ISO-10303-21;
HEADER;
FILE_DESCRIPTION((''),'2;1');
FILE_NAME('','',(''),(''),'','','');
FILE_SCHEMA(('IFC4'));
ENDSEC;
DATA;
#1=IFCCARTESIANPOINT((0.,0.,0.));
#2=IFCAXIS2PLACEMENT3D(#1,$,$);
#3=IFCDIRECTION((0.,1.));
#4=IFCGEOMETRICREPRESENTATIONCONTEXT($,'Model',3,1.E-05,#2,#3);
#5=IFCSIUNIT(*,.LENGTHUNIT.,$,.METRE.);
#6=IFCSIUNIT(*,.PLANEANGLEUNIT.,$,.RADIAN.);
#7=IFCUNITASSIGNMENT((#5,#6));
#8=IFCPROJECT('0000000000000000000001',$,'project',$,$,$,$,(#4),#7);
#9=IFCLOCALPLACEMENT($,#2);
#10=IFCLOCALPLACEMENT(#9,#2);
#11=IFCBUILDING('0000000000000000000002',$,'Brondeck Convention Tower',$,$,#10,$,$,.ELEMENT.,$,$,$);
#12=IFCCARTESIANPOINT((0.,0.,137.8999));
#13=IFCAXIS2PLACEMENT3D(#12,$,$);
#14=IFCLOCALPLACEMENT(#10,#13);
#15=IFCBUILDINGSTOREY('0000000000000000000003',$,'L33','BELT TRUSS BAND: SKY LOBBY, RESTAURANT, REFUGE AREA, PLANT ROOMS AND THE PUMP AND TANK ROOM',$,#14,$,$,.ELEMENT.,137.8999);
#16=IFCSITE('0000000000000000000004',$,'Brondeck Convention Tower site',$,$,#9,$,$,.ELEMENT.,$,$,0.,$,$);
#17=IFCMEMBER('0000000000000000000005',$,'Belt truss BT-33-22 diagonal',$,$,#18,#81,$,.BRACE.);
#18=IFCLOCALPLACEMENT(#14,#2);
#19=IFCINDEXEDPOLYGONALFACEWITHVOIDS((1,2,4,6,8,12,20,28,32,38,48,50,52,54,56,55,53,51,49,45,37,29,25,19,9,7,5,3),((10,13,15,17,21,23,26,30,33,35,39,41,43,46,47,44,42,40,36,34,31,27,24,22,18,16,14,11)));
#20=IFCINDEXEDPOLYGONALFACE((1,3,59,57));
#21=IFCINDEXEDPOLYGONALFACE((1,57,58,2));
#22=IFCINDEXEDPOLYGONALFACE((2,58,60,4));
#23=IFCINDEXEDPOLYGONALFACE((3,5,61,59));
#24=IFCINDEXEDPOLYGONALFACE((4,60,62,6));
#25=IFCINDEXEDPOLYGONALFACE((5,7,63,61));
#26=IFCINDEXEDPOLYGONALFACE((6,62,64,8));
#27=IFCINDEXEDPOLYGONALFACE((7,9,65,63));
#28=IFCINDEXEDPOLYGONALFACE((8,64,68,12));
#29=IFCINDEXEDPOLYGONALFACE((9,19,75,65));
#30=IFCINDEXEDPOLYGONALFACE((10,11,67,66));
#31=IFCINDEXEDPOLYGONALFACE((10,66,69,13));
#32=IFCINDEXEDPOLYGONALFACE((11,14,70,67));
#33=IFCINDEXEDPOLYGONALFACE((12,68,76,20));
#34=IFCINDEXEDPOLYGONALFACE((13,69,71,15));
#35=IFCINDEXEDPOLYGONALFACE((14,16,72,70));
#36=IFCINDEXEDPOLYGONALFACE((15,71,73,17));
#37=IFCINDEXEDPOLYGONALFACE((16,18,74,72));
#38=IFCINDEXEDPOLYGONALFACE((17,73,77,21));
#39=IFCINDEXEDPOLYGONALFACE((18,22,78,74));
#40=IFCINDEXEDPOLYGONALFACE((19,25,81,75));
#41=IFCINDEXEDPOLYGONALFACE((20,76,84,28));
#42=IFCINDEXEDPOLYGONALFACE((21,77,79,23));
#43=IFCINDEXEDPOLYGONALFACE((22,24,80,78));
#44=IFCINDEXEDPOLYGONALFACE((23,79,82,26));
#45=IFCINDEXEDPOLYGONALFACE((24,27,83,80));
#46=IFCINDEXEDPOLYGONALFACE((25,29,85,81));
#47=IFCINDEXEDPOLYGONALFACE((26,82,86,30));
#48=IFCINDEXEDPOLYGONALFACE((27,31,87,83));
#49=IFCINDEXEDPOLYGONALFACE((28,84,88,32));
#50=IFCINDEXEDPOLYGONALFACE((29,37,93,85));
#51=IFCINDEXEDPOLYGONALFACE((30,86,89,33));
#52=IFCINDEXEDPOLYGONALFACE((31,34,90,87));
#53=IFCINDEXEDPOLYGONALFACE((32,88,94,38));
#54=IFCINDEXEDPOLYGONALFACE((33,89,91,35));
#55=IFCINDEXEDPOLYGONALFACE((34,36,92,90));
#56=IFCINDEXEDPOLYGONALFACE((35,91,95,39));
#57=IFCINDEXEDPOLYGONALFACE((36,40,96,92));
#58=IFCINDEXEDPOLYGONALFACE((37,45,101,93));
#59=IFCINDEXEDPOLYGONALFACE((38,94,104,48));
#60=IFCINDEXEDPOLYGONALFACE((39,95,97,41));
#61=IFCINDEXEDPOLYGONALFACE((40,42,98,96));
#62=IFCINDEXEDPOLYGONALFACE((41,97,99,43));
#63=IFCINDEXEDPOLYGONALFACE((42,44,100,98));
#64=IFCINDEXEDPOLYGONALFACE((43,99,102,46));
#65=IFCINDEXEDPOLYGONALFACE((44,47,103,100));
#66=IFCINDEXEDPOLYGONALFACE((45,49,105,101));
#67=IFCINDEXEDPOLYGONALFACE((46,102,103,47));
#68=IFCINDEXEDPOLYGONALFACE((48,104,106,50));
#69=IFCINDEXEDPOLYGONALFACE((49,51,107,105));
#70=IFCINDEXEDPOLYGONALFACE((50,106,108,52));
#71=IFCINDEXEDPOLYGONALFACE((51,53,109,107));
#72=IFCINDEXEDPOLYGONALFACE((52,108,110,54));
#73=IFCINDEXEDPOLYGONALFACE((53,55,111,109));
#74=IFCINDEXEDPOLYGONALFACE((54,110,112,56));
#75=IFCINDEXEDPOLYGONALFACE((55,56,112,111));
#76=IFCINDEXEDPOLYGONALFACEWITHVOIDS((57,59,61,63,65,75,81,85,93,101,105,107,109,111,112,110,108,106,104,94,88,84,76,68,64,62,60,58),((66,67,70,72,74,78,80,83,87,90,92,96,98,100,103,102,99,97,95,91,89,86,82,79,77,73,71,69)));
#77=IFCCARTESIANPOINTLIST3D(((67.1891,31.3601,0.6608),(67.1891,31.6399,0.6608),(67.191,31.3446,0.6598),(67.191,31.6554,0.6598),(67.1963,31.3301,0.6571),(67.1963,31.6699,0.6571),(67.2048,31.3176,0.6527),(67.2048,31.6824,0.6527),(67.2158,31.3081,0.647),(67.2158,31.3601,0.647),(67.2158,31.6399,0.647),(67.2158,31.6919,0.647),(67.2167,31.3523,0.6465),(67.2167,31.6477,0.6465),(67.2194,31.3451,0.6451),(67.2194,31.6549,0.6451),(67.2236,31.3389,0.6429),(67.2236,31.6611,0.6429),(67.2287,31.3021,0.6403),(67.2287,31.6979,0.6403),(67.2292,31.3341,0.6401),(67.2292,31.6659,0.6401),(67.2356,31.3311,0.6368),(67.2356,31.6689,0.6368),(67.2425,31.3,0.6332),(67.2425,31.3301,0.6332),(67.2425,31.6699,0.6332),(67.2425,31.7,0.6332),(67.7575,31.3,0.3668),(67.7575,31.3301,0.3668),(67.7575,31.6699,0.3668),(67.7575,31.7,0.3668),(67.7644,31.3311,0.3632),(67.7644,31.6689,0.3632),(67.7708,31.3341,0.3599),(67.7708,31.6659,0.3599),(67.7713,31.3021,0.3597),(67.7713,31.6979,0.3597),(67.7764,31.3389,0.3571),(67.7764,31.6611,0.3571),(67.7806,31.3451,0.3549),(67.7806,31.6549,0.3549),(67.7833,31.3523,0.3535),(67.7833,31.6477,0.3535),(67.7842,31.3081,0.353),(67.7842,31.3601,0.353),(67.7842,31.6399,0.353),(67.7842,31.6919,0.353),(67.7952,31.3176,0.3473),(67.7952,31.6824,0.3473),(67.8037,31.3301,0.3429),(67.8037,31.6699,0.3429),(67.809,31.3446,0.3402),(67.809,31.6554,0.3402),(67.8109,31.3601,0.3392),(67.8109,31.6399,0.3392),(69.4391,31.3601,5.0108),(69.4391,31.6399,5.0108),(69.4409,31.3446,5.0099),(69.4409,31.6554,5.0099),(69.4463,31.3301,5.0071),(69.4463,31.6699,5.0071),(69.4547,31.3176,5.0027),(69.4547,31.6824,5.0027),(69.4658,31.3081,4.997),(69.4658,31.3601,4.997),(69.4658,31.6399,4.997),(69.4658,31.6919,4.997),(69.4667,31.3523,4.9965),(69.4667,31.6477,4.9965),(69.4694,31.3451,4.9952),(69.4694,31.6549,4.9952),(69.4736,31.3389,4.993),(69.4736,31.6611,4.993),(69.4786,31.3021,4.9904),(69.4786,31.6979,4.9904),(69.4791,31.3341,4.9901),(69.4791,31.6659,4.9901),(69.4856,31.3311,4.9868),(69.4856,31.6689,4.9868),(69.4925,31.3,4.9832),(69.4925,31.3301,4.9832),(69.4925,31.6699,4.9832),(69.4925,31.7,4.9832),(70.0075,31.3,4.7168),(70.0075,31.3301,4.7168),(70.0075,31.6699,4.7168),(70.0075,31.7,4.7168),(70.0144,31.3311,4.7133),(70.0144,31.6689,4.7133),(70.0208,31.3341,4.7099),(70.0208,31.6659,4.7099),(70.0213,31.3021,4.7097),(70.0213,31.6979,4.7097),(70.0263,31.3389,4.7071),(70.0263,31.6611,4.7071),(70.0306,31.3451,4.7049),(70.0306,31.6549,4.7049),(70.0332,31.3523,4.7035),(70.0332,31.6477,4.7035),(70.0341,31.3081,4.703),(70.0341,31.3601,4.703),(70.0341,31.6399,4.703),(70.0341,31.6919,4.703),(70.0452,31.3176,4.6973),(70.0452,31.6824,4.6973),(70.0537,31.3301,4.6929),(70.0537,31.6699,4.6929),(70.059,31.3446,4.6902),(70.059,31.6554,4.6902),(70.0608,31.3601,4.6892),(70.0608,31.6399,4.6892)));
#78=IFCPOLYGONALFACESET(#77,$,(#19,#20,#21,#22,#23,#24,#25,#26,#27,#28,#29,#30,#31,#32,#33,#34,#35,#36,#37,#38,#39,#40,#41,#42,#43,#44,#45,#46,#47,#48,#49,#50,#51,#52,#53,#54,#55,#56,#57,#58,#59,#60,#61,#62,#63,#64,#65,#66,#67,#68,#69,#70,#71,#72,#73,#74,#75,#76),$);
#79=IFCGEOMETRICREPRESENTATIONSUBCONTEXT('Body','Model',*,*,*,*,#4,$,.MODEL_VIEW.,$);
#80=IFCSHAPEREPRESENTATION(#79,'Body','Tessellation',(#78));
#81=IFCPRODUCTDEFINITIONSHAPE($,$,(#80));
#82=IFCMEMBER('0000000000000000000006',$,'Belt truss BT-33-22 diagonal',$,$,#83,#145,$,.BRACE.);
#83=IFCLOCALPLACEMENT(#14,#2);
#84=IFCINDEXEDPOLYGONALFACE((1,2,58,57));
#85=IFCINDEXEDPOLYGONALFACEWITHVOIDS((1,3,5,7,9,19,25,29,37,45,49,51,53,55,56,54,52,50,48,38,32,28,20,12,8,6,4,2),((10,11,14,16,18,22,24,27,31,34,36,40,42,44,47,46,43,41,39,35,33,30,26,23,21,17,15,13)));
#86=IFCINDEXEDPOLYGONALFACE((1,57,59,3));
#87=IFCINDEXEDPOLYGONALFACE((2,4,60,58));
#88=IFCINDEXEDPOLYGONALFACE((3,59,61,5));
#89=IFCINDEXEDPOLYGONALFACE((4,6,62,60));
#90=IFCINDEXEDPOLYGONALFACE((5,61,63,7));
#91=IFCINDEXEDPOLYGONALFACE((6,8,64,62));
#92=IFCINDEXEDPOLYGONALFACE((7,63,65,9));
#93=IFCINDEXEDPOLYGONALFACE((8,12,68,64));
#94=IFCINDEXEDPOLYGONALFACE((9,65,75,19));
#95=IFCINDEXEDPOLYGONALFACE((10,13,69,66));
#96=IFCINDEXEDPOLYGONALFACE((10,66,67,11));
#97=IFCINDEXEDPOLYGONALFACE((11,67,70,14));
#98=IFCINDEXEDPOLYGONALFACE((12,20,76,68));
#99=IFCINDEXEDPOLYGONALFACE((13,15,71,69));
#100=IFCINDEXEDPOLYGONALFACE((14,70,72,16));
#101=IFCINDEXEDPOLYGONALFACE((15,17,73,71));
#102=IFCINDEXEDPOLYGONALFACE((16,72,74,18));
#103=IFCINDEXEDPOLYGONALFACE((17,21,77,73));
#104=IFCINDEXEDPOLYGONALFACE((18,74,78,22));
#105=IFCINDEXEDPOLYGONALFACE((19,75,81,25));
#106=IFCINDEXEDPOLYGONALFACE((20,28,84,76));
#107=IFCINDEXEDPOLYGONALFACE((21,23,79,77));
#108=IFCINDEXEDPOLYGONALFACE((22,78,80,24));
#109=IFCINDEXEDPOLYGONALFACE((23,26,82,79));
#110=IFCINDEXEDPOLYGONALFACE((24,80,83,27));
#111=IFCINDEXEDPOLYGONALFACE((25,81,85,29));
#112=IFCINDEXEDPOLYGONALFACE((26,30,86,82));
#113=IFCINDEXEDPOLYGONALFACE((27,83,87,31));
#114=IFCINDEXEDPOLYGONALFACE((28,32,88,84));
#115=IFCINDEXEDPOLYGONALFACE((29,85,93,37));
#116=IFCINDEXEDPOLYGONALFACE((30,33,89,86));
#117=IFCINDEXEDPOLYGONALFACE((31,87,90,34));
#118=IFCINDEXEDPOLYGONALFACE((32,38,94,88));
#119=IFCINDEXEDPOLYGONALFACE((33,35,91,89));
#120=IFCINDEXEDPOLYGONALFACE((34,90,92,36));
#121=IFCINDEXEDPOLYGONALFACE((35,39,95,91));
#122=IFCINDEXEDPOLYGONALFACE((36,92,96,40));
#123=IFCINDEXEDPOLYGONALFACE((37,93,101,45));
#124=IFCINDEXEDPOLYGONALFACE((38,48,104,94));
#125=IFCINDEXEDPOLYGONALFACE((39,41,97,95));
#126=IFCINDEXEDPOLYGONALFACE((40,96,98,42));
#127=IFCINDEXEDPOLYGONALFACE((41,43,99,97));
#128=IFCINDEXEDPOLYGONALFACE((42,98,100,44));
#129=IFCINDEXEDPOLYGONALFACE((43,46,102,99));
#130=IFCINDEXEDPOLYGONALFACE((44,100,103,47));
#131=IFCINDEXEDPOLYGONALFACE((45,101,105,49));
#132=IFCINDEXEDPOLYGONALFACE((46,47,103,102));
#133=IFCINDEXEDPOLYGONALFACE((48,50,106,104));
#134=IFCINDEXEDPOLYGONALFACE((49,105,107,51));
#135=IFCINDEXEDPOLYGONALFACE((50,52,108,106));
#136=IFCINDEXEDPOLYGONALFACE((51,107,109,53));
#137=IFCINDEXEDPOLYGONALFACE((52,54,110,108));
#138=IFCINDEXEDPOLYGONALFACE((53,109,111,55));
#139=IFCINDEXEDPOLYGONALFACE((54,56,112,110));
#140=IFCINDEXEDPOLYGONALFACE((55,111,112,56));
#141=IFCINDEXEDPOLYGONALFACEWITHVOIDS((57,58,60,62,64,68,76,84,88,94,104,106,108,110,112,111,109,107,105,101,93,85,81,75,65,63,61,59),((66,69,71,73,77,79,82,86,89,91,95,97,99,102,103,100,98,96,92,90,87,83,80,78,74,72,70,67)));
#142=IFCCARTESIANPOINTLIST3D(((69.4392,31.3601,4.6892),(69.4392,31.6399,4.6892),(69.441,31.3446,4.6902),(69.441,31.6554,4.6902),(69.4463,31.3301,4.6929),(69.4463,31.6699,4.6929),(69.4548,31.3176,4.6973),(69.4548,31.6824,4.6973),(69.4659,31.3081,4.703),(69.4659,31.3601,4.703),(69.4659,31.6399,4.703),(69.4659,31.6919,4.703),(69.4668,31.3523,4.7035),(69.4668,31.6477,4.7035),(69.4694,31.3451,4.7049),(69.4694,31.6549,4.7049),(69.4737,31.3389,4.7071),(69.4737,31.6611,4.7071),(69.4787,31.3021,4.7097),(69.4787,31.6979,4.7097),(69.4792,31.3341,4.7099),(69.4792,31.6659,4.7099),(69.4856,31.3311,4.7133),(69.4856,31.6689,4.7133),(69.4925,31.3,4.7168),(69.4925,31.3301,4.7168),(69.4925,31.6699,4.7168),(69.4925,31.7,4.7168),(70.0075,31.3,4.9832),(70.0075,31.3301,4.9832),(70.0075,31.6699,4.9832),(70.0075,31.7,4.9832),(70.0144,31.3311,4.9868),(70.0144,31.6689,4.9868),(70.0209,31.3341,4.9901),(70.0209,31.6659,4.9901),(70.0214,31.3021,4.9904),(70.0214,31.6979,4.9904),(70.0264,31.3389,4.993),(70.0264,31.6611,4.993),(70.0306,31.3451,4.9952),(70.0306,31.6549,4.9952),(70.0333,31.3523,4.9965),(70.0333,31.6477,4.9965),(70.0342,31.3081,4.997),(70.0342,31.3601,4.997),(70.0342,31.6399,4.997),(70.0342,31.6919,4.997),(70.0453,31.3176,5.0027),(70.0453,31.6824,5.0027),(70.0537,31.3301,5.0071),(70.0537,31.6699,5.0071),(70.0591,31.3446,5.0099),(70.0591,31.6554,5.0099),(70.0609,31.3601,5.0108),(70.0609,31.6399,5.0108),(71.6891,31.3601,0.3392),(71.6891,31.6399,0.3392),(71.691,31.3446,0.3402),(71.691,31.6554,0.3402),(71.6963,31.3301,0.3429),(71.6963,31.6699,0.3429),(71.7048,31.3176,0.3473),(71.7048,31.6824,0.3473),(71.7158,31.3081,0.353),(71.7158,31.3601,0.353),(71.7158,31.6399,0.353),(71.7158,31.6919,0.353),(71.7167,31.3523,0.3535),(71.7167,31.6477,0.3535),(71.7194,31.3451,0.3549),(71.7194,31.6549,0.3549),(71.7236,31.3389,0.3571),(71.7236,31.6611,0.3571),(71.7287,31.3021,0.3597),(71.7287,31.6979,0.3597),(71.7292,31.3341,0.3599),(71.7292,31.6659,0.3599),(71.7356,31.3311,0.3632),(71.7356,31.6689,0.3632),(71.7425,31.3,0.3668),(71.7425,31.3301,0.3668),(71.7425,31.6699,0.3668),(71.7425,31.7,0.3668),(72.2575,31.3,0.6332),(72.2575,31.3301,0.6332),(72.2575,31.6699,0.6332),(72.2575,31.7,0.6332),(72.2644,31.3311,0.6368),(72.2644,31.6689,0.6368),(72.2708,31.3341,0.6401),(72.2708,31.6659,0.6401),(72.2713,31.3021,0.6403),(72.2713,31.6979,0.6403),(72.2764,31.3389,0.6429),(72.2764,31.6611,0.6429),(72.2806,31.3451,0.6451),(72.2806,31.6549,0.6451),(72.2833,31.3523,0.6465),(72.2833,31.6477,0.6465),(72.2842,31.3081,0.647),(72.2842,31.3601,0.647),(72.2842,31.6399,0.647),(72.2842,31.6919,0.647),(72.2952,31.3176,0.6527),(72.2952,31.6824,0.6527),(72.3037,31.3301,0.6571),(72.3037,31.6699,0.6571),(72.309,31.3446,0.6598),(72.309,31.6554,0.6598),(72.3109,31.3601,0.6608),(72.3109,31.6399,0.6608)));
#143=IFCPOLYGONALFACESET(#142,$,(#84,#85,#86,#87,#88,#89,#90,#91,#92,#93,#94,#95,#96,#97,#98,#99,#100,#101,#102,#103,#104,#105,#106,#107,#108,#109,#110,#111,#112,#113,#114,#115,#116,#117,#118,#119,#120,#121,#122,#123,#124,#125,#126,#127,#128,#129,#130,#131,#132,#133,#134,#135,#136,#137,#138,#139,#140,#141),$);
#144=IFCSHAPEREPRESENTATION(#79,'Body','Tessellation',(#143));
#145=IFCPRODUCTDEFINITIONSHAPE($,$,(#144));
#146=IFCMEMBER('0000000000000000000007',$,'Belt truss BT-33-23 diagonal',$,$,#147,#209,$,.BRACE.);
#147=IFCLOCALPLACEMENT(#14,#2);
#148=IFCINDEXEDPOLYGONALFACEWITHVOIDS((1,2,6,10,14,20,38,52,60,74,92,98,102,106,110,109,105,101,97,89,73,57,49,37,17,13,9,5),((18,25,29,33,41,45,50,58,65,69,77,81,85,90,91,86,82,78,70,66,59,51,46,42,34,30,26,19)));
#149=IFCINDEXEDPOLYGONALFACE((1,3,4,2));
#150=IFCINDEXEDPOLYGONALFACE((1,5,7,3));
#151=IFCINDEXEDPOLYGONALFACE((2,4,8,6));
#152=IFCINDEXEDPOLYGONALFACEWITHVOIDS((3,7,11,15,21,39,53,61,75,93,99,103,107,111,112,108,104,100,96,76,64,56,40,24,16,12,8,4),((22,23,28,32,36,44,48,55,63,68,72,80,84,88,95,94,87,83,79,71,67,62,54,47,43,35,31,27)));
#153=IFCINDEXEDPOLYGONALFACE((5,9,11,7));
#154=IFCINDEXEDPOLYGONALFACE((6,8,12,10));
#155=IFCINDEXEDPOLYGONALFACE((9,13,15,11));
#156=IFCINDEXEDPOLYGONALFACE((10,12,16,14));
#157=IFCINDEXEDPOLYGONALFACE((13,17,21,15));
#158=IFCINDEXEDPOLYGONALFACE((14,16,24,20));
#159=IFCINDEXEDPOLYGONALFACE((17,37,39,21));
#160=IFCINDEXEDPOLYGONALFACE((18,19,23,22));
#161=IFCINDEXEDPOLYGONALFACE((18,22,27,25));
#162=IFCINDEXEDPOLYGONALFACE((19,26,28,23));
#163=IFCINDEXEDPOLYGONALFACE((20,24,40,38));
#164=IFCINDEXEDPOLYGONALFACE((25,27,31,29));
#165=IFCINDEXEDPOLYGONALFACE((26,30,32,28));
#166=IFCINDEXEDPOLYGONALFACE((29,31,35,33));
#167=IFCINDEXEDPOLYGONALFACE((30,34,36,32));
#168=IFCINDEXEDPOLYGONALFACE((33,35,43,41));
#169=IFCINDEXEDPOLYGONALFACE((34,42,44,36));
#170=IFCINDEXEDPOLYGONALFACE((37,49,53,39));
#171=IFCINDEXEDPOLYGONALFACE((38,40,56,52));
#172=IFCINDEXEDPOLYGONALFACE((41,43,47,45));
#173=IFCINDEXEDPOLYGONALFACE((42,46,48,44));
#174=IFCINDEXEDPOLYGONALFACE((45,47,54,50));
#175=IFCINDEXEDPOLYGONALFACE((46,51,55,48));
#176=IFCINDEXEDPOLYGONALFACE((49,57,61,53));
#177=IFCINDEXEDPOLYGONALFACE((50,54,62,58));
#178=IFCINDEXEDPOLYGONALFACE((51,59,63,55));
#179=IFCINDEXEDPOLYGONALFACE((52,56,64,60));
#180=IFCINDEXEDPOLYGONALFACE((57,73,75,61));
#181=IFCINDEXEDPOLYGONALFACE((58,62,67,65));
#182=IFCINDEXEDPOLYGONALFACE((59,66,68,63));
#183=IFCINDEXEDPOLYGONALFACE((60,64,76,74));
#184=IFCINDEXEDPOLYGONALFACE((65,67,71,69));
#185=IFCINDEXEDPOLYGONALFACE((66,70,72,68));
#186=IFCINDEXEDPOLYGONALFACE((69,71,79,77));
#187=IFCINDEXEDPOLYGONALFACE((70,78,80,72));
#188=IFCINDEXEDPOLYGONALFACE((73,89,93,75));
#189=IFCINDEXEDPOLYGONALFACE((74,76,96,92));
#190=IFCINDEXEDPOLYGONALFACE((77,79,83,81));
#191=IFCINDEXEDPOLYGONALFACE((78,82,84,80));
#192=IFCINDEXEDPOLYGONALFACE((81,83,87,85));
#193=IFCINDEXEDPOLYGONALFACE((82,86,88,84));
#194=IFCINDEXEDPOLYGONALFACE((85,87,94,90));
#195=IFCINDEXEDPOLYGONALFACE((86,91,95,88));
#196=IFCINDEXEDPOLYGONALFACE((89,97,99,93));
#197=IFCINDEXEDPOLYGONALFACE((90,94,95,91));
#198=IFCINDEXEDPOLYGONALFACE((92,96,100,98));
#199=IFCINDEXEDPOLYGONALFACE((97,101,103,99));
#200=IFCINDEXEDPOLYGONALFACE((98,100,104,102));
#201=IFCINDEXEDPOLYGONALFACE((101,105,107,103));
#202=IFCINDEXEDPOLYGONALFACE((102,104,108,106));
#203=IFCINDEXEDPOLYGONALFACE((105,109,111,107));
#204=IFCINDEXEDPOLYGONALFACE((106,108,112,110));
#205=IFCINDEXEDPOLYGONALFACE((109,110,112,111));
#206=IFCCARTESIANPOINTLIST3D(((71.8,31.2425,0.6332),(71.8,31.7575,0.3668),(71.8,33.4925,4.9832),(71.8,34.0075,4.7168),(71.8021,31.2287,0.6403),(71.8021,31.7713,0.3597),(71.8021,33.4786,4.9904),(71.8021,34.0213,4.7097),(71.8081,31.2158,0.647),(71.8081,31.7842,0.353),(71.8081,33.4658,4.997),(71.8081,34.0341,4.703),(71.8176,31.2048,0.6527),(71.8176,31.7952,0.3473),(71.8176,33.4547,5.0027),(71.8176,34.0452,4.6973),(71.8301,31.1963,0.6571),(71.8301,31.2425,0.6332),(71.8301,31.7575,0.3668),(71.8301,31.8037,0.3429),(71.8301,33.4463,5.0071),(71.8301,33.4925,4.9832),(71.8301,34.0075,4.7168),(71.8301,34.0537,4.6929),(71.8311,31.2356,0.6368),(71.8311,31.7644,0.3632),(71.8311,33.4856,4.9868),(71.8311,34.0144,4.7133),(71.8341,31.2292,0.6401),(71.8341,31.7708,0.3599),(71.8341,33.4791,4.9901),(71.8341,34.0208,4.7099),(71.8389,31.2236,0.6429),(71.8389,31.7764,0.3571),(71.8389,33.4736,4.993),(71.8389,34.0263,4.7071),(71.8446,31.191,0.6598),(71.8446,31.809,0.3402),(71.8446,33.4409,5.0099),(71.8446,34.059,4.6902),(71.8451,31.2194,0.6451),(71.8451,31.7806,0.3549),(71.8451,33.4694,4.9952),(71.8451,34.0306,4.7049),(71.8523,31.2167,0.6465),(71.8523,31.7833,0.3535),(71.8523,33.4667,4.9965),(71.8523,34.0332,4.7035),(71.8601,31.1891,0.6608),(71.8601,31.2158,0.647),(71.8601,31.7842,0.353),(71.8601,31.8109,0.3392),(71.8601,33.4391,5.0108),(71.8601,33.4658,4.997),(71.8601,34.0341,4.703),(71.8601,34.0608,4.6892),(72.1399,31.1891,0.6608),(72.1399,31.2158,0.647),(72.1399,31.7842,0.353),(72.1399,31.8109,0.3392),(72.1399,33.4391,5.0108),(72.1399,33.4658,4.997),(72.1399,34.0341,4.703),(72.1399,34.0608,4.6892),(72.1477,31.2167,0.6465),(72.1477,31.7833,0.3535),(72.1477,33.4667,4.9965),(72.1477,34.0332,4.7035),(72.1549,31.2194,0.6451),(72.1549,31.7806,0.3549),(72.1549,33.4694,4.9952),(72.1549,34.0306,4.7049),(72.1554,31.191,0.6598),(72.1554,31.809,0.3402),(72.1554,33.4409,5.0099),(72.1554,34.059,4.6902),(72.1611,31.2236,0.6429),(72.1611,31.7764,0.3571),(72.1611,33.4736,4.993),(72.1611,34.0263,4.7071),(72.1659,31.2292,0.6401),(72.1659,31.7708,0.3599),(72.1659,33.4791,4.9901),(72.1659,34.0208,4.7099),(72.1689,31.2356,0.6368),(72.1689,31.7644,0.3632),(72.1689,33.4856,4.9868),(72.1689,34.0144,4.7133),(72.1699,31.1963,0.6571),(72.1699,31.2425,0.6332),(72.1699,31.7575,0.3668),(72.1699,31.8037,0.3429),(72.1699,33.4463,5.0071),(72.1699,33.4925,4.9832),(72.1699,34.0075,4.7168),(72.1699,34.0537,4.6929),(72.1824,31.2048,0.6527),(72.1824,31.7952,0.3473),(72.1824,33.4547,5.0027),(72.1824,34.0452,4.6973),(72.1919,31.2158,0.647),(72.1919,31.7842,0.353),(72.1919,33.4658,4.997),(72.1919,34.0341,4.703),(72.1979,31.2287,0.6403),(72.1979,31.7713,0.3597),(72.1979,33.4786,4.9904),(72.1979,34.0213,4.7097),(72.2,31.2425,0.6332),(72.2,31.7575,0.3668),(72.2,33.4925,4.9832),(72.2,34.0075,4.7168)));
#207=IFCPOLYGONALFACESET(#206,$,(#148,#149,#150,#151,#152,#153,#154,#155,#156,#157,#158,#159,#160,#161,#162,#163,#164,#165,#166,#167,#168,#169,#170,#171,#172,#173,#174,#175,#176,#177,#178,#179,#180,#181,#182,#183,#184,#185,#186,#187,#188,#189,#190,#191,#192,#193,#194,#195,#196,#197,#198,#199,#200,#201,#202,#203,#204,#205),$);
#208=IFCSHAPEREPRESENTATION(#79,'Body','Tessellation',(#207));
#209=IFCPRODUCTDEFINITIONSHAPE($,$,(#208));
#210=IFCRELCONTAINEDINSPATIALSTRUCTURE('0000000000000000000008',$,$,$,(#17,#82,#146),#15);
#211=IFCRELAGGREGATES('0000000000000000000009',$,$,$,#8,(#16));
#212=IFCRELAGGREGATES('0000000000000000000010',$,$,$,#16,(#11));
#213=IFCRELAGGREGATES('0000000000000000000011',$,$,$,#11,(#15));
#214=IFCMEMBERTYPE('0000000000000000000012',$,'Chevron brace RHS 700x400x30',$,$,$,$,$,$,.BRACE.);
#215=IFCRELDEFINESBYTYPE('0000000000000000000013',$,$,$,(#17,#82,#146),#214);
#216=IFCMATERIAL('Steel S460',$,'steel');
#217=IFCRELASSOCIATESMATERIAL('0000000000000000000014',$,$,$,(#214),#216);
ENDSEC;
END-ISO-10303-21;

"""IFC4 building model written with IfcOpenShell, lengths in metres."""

from ifc_helpers import new_model, si_unit, direction, frame, origin, origin_2d, place, context, subcontext, project, spatial, hollow_rectangle, extrude, material, material_profile, profile_set, type_object, element, save


model = new_model("IFC4")

# Units and contexts
model_context = context("Model", 3, precision=1e-05, world=origin(), true_north=direction((0.0, 1.0)))
body_context = subcontext(model_context, "Body", "Model", "MODEL_VIEW")
ifc_project = project(units=[si_unit("LENGTHUNIT", "METRE"), si_unit("PLANEANGLEUNIT", "RADIAN")], contexts=[model_context])

# Site, building, storey
site_placement = place(None, origin())
site = spatial("IfcSite", under=ifc_project, at=site_placement, Name="Brondeck Convention Tower site", CompositionType="ELEMENT", RefElevation=0.0)
building_placement = place(site_placement, origin())
building = spatial("IfcBuilding", under=site, at=building_placement, Name="Brondeck Convention Tower", CompositionType="ELEMENT")
storey_placement = place(building_placement, frame((0.0, 0.0, 137.8999)))
storey = spatial("IfcBuildingStorey", under=building, at=storey_placement, Name="L33", Description="BELT TRUSS BAND: SKY LOBBY, RESTAURANT, REFUGE AREA, PLANT ROOMS AND THE PUMP AND TANK ROOM", CompositionType="ELEMENT", Elevation=137.8999)

# Members
ifc_material_1 = material(Name="Steel S460", Category="steel")
ifc_material_profile_1 = material_profile(ifc_material_1, hollow_rectangle(XDim=0.3999, YDim=0.7, WallThickness=0.03, InnerFilletRadius=0.03, OuterFilletRadius=0.0601, at=origin_2d()), Name="RHS 700x400x30")
ifc_profile_set_1 = profile_set([ifc_material_profile_1], Name="Steel S460")
member_type_1 = type_object("IfcMemberType", Name="Chevron brace RHS 700x400x30", PredefinedType="BRACE", material=ifc_profile_set_1)
for number, where, z_axis, x_axis, name in (
    (1, (67.5, 31.5, 0.5), (0.459415, 0.0, 0.888222), (0.0, 1.0, 0.0), "Belt truss BT-33-22 diagonal"),
    (2, (72.0, 31.5, 0.5), (-0.459415, 0.0, 0.888222), (0.0, -1.0, 0.0), "Belt truss BT-33-22 diagonal"),
    (3, (72.0, 31.5, 0.5), (0.0, 0.459415, 0.888222), (-1.0, 0.0, 0.0), "Belt truss BT-33-23 diagonal"),
):
    element("IfcMember", number, at=place(storey_placement, frame(where, z_axis=z_axis, x_axis=x_axis)), inside=storey, type_object=member_type_1, Name=name, PredefinedType="BRACE", context=body_context, shape_type="SweptSolid", body=[
        extrude(hollow_rectangle(XDim=0.3999, YDim=0.7, WallThickness=0.03, InnerFilletRadius=0.03, OuterFilletRadius=0.0601, at=origin_2d()), origin(), (0.0, 0.0, 1.0), 4.8975),
    ])

save(model, "model.ifc")
